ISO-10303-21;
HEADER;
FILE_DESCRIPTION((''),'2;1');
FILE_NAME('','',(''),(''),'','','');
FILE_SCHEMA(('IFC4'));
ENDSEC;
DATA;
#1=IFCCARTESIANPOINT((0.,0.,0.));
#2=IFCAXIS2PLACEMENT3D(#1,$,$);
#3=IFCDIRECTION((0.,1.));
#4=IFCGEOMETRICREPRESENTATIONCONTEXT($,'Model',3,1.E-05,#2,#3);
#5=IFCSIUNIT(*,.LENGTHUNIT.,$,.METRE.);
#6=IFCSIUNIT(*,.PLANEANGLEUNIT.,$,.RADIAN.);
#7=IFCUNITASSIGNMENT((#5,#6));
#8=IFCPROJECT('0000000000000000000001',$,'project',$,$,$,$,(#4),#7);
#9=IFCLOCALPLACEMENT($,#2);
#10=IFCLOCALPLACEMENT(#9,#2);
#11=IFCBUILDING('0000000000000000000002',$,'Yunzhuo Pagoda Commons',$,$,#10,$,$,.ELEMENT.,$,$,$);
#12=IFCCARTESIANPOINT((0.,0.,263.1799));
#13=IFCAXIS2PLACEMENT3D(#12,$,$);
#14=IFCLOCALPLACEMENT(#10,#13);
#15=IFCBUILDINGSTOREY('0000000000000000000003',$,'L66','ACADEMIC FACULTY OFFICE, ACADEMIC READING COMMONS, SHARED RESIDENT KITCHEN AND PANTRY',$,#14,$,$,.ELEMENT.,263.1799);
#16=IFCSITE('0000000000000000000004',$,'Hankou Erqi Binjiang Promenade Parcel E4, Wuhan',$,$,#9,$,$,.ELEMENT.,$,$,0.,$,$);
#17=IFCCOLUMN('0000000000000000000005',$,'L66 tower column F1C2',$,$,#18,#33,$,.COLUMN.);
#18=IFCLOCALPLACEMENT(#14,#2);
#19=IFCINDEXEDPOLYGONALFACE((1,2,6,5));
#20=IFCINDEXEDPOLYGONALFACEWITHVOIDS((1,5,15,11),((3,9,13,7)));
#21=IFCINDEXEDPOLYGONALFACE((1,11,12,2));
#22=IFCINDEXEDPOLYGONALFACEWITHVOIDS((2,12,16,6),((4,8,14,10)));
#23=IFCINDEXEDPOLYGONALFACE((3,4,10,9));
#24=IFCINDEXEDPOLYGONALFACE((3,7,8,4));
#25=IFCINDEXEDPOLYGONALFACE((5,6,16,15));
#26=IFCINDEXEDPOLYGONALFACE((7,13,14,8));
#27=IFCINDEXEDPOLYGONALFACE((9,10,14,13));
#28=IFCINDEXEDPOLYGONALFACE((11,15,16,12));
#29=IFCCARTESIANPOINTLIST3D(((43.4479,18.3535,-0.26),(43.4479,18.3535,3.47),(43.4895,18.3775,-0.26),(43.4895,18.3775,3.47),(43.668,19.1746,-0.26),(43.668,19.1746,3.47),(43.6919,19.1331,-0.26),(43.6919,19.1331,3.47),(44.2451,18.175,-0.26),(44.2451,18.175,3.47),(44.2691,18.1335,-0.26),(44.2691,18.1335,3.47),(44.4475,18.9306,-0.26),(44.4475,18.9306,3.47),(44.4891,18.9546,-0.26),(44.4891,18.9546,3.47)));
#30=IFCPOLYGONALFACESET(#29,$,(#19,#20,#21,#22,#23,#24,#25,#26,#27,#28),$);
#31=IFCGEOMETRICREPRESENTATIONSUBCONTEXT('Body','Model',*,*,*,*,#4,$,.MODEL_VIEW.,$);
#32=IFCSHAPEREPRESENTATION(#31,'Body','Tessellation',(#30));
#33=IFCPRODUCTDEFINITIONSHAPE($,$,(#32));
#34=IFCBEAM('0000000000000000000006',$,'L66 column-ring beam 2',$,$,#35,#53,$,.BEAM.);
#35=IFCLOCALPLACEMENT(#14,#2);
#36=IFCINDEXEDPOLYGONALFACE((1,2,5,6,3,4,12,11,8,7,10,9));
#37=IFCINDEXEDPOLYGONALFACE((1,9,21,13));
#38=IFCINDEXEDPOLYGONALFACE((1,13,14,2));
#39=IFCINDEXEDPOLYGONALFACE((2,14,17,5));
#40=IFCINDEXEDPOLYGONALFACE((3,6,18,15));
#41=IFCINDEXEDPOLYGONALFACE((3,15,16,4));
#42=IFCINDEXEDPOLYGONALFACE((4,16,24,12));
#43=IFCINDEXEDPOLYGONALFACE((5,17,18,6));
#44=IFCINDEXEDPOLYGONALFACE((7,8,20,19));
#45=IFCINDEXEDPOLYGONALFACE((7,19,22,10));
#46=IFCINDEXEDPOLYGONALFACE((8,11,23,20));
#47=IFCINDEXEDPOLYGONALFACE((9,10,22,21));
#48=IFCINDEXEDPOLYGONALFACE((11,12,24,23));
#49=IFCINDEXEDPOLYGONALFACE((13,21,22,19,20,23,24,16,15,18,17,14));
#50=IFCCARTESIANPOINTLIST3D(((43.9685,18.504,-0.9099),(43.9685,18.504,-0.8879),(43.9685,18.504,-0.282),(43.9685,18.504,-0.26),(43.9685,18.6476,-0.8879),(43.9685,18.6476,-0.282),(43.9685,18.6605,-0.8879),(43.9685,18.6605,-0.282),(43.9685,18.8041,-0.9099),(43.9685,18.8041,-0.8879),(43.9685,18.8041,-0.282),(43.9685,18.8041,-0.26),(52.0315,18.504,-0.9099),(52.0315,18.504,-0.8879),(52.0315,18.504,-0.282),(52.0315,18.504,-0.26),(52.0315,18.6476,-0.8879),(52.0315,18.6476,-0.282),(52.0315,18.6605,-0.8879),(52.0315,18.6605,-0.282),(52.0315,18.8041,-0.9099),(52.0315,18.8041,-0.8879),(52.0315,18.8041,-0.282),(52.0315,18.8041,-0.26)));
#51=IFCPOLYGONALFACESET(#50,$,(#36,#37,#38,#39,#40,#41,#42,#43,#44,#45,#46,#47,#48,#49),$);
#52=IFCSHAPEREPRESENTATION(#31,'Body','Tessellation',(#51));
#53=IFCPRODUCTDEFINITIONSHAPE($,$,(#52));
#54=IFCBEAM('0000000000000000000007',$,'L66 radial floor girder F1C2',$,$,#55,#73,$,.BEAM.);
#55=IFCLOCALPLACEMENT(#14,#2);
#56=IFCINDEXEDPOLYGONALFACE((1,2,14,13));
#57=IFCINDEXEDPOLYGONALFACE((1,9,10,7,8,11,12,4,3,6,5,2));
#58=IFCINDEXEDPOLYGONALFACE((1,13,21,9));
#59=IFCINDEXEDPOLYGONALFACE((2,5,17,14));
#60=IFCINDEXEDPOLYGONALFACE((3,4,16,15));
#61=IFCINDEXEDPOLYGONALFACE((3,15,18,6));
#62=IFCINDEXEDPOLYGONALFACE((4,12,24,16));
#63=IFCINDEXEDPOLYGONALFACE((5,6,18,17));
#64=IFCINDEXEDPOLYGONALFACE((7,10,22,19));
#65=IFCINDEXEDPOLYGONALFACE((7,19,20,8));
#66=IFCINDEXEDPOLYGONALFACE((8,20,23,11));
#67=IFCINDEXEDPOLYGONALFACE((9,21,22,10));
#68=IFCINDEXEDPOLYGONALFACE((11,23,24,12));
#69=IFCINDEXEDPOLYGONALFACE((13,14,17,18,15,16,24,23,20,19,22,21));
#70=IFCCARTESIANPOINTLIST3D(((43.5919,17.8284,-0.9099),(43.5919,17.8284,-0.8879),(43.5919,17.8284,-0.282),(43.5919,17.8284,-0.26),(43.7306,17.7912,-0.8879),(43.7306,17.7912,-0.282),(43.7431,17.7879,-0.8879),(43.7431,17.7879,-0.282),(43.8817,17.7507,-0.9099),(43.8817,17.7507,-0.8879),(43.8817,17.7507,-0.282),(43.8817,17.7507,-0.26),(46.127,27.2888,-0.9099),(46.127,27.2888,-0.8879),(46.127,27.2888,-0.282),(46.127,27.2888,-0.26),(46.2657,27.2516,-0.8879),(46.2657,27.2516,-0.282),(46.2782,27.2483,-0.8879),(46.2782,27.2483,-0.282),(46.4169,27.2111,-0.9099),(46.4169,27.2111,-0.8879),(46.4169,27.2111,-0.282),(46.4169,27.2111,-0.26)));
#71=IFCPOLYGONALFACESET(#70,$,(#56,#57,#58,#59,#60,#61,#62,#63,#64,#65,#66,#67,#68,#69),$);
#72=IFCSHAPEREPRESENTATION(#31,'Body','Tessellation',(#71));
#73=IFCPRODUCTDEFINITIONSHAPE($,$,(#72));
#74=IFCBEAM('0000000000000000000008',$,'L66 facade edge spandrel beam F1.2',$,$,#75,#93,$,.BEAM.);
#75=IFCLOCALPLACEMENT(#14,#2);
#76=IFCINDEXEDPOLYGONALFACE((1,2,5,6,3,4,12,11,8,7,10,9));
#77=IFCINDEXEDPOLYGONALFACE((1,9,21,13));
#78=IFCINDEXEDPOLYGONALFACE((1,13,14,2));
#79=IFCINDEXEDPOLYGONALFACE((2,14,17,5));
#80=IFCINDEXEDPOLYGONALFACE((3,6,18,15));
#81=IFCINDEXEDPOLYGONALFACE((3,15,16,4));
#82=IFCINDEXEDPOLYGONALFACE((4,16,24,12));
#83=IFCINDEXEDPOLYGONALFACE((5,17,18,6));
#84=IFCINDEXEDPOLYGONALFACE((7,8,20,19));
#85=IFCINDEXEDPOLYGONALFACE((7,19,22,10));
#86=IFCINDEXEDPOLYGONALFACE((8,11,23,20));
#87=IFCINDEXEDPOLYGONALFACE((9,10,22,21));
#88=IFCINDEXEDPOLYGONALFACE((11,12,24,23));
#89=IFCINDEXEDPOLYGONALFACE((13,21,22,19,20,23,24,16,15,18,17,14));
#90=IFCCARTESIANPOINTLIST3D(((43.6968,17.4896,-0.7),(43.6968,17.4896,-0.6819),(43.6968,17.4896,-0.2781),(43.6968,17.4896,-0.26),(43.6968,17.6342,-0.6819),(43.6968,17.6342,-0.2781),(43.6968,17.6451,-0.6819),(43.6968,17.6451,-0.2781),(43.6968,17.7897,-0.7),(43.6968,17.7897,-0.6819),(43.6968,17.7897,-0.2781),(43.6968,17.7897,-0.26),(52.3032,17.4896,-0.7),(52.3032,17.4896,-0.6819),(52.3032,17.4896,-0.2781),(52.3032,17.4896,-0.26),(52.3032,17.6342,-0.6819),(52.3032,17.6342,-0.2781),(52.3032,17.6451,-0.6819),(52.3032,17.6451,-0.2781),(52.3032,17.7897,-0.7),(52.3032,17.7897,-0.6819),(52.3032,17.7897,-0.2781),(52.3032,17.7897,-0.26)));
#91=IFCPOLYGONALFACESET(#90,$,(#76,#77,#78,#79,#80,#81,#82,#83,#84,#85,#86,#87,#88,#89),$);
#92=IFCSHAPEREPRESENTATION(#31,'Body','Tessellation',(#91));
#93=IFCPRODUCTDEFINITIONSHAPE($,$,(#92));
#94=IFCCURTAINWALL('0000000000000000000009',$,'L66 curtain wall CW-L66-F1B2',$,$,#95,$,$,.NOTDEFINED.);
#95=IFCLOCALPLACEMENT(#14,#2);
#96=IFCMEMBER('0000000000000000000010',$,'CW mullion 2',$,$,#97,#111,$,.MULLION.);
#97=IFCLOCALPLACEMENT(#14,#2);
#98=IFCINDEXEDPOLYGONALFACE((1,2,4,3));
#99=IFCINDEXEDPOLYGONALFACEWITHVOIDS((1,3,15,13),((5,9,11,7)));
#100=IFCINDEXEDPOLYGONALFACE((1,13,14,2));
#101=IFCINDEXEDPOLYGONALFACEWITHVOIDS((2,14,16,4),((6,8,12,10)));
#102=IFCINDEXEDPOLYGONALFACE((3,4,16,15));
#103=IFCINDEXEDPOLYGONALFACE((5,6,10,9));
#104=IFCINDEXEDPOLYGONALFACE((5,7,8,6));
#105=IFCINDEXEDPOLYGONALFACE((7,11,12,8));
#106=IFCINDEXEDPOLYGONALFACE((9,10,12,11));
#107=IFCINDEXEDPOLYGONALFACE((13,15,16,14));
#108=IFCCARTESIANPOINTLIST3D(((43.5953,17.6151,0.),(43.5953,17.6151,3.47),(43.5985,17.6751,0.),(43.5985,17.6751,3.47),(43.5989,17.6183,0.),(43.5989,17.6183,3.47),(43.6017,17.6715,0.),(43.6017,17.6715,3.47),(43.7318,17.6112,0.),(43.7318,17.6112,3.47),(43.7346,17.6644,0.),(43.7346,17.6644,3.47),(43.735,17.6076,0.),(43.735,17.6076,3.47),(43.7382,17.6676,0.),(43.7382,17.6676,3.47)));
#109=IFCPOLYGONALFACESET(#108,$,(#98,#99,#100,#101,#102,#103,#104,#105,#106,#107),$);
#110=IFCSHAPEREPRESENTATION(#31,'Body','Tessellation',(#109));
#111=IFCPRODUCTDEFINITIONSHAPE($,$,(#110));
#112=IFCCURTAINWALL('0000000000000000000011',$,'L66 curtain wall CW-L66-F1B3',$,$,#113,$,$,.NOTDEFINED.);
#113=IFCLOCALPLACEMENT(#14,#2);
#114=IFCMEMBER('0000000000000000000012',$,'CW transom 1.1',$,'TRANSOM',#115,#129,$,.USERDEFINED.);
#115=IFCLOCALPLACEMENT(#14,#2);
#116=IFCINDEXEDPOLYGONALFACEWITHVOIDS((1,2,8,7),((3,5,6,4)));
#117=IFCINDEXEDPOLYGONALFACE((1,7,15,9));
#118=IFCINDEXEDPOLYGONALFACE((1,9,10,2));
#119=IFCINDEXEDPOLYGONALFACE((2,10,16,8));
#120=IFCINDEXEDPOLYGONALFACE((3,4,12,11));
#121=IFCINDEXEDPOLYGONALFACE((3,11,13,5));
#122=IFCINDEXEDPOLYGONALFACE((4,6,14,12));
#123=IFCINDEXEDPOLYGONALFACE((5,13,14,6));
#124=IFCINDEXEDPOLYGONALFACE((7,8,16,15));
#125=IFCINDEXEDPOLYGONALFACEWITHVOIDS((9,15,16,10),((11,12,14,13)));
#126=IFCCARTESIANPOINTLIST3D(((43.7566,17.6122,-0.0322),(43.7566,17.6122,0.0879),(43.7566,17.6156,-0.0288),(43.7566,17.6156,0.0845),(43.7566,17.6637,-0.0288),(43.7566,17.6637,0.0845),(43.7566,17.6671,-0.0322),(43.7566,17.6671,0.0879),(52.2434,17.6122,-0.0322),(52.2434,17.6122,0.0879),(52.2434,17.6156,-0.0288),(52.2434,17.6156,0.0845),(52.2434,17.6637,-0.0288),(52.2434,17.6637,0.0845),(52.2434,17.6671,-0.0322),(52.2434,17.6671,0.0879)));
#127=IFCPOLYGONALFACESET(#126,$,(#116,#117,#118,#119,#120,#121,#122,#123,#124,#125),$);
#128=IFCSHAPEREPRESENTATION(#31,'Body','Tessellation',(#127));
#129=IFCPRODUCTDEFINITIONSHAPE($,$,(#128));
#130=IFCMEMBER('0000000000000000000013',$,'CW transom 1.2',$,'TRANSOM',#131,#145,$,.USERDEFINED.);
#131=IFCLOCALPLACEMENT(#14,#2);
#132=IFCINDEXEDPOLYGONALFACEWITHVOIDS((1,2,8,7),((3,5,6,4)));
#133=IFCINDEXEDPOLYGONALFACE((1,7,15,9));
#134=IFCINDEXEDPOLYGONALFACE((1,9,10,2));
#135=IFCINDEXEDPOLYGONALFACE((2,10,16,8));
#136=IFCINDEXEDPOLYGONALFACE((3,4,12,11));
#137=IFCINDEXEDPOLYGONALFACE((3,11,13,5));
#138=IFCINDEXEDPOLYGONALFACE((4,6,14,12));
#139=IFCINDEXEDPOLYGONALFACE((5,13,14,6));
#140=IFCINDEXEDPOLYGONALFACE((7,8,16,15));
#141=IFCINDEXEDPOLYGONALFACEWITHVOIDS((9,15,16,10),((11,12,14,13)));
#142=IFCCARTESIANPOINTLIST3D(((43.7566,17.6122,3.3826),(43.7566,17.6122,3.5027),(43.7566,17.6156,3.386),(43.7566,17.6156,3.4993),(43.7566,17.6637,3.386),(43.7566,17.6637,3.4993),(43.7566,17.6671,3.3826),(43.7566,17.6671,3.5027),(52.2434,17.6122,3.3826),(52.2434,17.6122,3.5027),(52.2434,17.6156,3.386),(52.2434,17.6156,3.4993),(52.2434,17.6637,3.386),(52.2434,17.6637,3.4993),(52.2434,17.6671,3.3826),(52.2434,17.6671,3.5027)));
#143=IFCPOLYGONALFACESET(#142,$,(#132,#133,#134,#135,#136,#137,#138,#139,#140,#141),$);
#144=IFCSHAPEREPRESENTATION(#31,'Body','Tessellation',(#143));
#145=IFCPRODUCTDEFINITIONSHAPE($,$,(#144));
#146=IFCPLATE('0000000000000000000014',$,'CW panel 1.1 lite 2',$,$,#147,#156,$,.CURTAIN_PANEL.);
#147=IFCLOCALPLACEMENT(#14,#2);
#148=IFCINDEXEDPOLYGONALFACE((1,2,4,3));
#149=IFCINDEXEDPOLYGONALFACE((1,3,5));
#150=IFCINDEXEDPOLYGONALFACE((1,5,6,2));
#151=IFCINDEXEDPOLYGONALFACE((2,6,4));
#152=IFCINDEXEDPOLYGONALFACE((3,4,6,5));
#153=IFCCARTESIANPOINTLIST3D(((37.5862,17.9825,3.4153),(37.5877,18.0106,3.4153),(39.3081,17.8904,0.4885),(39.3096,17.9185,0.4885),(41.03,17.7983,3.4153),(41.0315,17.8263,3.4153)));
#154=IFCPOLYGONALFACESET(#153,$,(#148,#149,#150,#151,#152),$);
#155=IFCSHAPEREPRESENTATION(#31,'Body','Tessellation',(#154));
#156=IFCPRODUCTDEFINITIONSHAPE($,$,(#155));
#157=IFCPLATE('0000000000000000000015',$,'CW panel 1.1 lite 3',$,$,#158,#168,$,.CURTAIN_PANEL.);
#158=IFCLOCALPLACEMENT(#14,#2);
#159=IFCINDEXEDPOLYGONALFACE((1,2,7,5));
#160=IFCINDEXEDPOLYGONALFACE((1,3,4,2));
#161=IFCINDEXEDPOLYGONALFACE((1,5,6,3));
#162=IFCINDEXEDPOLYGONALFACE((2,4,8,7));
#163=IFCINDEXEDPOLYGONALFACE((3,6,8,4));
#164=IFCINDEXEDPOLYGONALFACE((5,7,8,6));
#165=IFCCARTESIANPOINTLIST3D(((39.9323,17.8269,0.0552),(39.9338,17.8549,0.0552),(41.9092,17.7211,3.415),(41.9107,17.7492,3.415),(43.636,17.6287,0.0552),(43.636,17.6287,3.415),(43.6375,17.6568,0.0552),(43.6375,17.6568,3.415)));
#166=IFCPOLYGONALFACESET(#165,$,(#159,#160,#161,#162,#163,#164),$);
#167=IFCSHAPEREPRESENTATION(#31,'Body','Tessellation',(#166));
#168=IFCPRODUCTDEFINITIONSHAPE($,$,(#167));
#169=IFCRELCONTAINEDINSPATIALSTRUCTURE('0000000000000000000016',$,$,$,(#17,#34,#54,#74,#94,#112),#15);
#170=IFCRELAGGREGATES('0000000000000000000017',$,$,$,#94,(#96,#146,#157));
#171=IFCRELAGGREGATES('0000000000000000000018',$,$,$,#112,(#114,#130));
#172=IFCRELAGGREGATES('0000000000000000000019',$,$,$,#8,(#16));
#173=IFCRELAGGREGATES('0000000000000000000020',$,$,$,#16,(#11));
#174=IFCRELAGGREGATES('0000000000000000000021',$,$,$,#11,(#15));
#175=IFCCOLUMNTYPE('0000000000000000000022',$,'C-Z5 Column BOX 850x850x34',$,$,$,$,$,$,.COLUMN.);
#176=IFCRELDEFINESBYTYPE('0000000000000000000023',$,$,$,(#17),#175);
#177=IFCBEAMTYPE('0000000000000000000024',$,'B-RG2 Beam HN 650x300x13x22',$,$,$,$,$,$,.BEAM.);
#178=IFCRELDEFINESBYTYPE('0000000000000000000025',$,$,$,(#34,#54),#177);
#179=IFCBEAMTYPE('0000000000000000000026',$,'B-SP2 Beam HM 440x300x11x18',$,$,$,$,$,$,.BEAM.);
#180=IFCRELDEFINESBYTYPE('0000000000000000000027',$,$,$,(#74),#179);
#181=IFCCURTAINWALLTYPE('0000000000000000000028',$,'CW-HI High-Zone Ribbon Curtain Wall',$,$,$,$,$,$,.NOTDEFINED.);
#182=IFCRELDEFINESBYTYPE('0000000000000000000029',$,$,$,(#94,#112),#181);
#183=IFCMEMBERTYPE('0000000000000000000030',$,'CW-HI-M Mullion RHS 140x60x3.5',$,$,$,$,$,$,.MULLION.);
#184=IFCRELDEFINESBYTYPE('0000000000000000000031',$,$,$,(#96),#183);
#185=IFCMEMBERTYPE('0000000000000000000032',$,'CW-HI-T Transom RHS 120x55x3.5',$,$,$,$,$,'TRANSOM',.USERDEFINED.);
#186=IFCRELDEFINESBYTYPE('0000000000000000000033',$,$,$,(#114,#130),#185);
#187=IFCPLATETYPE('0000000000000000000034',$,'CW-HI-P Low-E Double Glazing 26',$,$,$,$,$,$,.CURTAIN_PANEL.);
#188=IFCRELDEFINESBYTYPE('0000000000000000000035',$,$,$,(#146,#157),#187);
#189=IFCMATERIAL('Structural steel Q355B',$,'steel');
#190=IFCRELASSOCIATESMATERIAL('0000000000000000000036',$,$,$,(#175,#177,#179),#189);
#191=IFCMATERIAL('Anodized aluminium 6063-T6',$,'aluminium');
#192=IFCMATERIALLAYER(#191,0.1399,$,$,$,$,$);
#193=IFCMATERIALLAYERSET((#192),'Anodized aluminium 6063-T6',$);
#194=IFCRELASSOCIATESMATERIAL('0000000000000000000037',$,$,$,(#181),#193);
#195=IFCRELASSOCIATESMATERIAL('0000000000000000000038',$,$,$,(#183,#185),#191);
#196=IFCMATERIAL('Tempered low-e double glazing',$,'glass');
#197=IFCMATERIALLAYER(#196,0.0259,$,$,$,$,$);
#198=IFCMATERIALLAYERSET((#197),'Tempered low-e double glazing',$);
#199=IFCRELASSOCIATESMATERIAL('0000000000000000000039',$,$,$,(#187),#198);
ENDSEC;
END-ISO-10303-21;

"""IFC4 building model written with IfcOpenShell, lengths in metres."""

from ifc_helpers import new_model, si_unit, direction, frame, origin, origin_2d, place, context, subcontext, project, spatial, polyline, hollow_rectangle, i_section, outline, extrude, source, transform, mapped, material, layer, layer_set, material_profile, profile_set, type_object, element, aggregate, save


model = new_model("IFC4")

# Units and contexts
model_context = context("Model", 3, precision=1e-05, world=origin(), true_north=direction((0.0, 1.0)))
body_context = subcontext(model_context, "Body", "Model", "MODEL_VIEW")
ifc_project = project(units=[si_unit("LENGTHUNIT", "METRE"), si_unit("PLANEANGLEUNIT", "RADIAN")], contexts=[model_context])

# Site, building, storey
site_placement = place(None, origin())
site = spatial("IfcSite", under=ifc_project, at=site_placement, Name="Hankou Erqi Binjiang Promenade Parcel E4, Wuhan", CompositionType="ELEMENT", RefElevation=0.0)
building_placement = place(site_placement, origin())
building = spatial("IfcBuilding", under=site, at=building_placement, Name="Yunzhuo Pagoda Commons", CompositionType="ELEMENT")
storey_placement = place(building_placement, frame((0.0, 0.0, 263.1799)))
storey = spatial("IfcBuildingStorey", under=building, at=storey_placement, Name="L66", Description="ACADEMIC FACULTY OFFICE, ACADEMIC READING COMMONS, SHARED RESIDENT KITCHEN AND PANTRY", CompositionType="ELEMENT", Elevation=263.1799)

# Column
ifc_material_1 = material(Name="Structural steel Q355B", Category="steel")
ifc_material_profile_1 = material_profile(ifc_material_1, hollow_rectangle(XDim=0.8501, YDim=0.8501, WallThickness=0.0339, at=origin_2d()), Name="Structural steel Q355B")
ifc_profile_set_1 = profile_set([ifc_material_profile_1], Name="Structural steel Q355B")
column_type = type_object("IfcColumnType", Name="C-Z5 Column BOX 850x850x34", PredefinedType="COLUMN", material=ifc_profile_set_1)
shared_shape_1 = source(origin(), body_context, "Body", "SweptSolid", [
    extrude(hollow_rectangle(XDim=0.8501, YDim=0.8501, WallThickness=0.0339, at=origin_2d()), origin(), (0.0, 0.0, 1.0), 3.73),
])
column_placement = place(storey_placement, frame((43.9685, 18.6541, -0.26), z_axis=(0.0, 0.0, 1.0), x_axis=(0.965926, -0.258819, 0.0)))
element("IfcColumn", 1, at=column_placement, inside=storey, type_object=column_type, Name="L66 tower column F1C2", PredefinedType="COLUMN", context=body_context, shape_type="MappedRepresentation", body=[
    mapped(shared_shape_1, transform((0.0, 0.0, 0.0), scale=1.0)),
])

# Beams
ifc_material_profile_2 = material_profile(ifc_material_1, i_section(OverallWidth=0.3, OverallDepth=0.6499, WebThickness=0.0129, FlangeThickness=0.022, at=origin_2d()), Name="Structural steel Q355B")
ifc_profile_set_2 = profile_set([ifc_material_profile_2], Name="Structural steel Q355B")
beam_type_1 = type_object("IfcBeamType", Name="B-RG2 Beam HN 650x300x13x22", PredefinedType="BEAM", material=ifc_profile_set_2)
shared_shape_2 = source(origin(), body_context, "Body", "SweptSolid", [
    extrude(i_section(OverallWidth=0.3, OverallDepth=0.6499, WebThickness=0.0129, FlangeThickness=0.022, at=origin_2d()), origin(), (0.0, 0.0, 1.0), 8.063),
])
beam_1_placement = place(storey_placement, frame((43.9685, 18.6541, -0.585), z_axis=(1.0, 0.0, 0.0), x_axis=(0.0, 1.0, 0.0)))
element("IfcBeam", 2, at=beam_1_placement, inside=storey, type_object=beam_type_1, Name="L66 column-ring beam 2", PredefinedType="BEAM", context=body_context, shape_type="MappedRepresentation", body=[
    mapped(shared_shape_2, transform((0.0, 0.0, 0.0), scale=1.0)),
])
shared_shape_3 = source(origin(), body_context, "Body", "SweptSolid", [
    extrude(i_section(OverallWidth=0.3, OverallDepth=0.6499, WebThickness=0.0129, FlangeThickness=0.022, at=origin_2d()), origin(), (0.0, 0.0, 1.0), 9.7942),
])
beam_2_placement = place(storey_placement, frame((43.7368, 17.7896, -0.585), z_axis=(0.258842, 0.96592, 0.0), x_axis=(-0.96592, 0.258842, 0.0)))
element("IfcBeam", 3, at=beam_2_placement, inside=storey, type_object=beam_type_1, Name="L66 radial floor girder F1C2", PredefinedType="BEAM", context=body_context, shape_type="MappedRepresentation", body=[
    mapped(shared_shape_3, transform((0.0, 0.0, 0.0), scale=1.0)),
])
ifc_material_profile_3 = material_profile(ifc_material_1, i_section(OverallWidth=0.3, OverallDepth=0.4399, WebThickness=0.011, FlangeThickness=0.0181, at=origin_2d()), Name="Structural steel Q355B")
ifc_profile_set_3 = profile_set([ifc_material_profile_3], Name="Structural steel Q355B")
beam_type_2 = type_object("IfcBeamType", Name="B-SP2 Beam HM 440x300x11x18", PredefinedType="BEAM", material=ifc_profile_set_3)
shared_shape_4 = source(origin(), body_context, "Body", "SweptSolid", [
    extrude(i_section(OverallWidth=0.3, OverallDepth=0.4399, WebThickness=0.011, FlangeThickness=0.0181, at=origin_2d()), origin(), (0.0, 0.0, 1.0), 8.6064),
])
beam_3_placement = place(storey_placement, frame((43.6968, 17.6396, -0.48), z_axis=(1.0, 0.0, 0.0), x_axis=(0.0, 1.0, 0.0)))
element("IfcBeam", 4, at=beam_3_placement, inside=storey, type_object=beam_type_2, Name="L66 facade edge spandrel beam F1.2", PredefinedType="BEAM", context=body_context, shape_type="MappedRepresentation", body=[
    mapped(shared_shape_4, transform((0.0, 0.0, 0.0), scale=1.0)),
])

# Curtain wall, member
ifc_material_2 = material(Name="Anodized aluminium 6063-T6", Category="aluminium")
ifc_layer_1 = layer(ifc_material_2, 0.1399)
ifc_layer_set_1 = layer_set([ifc_layer_1], Name="Anodized aluminium 6063-T6")
curtain_wall_type = type_object("IfcCurtainWallType", Name="CW-HI High-Zone Ribbon Curtain Wall", PredefinedType="NOTDEFINED", material=ifc_layer_set_1)
curtain_wall_1_placement = place(storey_placement, origin())
curtain_wall_1 = element("IfcCurtainWall", 5, at=curtain_wall_1_placement, inside=storey, type_object=curtain_wall_type, Name="L66 curtain wall CW-L66-F1B2", PredefinedType="NOTDEFINED")
ifc_material_profile_4 = material_profile(ifc_material_2, hollow_rectangle(XDim=0.0601, YDim=0.1399, WallThickness=0.0034, at=origin_2d()), Name="Anodized aluminium 6063-T6")
ifc_profile_set_4 = profile_set([ifc_material_profile_4], Name="Anodized aluminium 6063-T6")
member_type_1 = type_object("IfcMemberType", Name="CW-HI-M Mullion RHS 140x60x3.5", PredefinedType="MULLION", material=ifc_profile_set_4)
shared_shape_5 = source(origin(), body_context, "Body", "SweptSolid", [
    extrude(hollow_rectangle(XDim=0.0601, YDim=0.1399, WallThickness=0.0034, at=origin_2d()), origin(), (0.0, 0.0, 1.0), 3.47),
])
member_1_placement = place(storey_placement, frame((43.6667, 17.6414, 0.0), z_axis=(0.0, 0.0, 1.0), x_axis=(0.053427, 0.998572, 0.0)))
member_1 = element("IfcMember", 6, at=member_1_placement, type_object=member_type_1, Name="CW mullion 2", PredefinedType="MULLION", context=body_context, shape_type="MappedRepresentation", body=[
    mapped(shared_shape_5, transform((0.0, 0.0, 0.0), scale=1.0)),
])

# Curtain wall, members
curtain_wall_2_placement = place(storey_placement, origin())
curtain_wall_2 = element("IfcCurtainWall", 7, at=curtain_wall_2_placement, inside=storey, type_object=curtain_wall_type, Name="L66 curtain wall CW-L66-F1B3", PredefinedType="NOTDEFINED")
ifc_material_profile_5 = material_profile(ifc_material_2, hollow_rectangle(XDim=0.0549, YDim=0.1201, WallThickness=0.0034, at=origin_2d()), Name="Anodized aluminium 6063-T6")
ifc_profile_set_5 = profile_set([ifc_material_profile_5], Name="Anodized aluminium 6063-T6")
member_type_2 = type_object("IfcMemberType", Name="CW-HI-T Transom RHS 120x55x3.5", ElementType="TRANSOM", PredefinedType="USERDEFINED", material=ifc_profile_set_5)
shared_shape_6 = source(origin(), body_context, "Body", "SweptSolid", [
    extrude(hollow_rectangle(XDim=0.0549, YDim=0.1201, WallThickness=0.0034, at=origin_2d()), origin(), (0.0, 0.0, 1.0), 8.4868),
])
member_2_placement = place(storey_placement, frame((43.7566, 17.6396, 0.0278), z_axis=(1.0, 0.0, 0.0), x_axis=(0.0, 1.0, 0.0)))
member_2 = element("IfcMember", 8, at=member_2_placement, type_object=member_type_2, Name="CW transom 1.1", ObjectType="TRANSOM", PredefinedType="USERDEFINED", context=body_context, shape_type="MappedRepresentation", body=[
    mapped(shared_shape_6, transform((0.0, 0.0, 0.0), scale=1.0)),
])
member_3_placement = place(storey_placement, frame((43.7566, 17.6396, 3.4426), z_axis=(1.0, 0.0, 0.0), x_axis=(0.0, 1.0, 0.0)))
member_3 = element("IfcMember", 9, at=member_3_placement, type_object=member_type_2, Name="CW transom 1.2", ObjectType="TRANSOM", PredefinedType="USERDEFINED", context=body_context, shape_type="MappedRepresentation", body=[
    mapped(shared_shape_6, transform((0.0, 0.0, 0.0), scale=1.0)),
])

# Plates
ifc_material_3 = material(Name="Tempered low-e double glazing", Category="glass")
ifc_layer_2 = layer(ifc_material_3, 0.0259)
ifc_layer_set_2 = layer_set([ifc_layer_2], Name="Tempered low-e double glazing")
plate_type_1 = type_object("IfcPlateType", Name="CW-HI-P Low-E Double Glazing 26", PredefinedType="CURTAIN_PANEL", material=ifc_layer_set_2)
plate_1_placement = place(storey_placement, frame((39.3096, 17.9185, 1.9519), z_axis=(-0.053427, -0.998572, 0.0), x_axis=(0.998572, -0.053427, 0.0)))
plate_1 = element("IfcPlate", 10, at=plate_1_placement, type_object=plate_type_1, Name="CW panel 1.1 lite 2", PredefinedType="CURTAIN_PANEL", context=body_context, shape_type="SweptSolid", body=[
    extrude(outline(polyline([(-1.7244, 1.4634), (0.0, -1.4634), (1.7244, 1.4634), (-1.7244, 1.4634)])), origin(), (0.0, 0.0, 1.0), 0.0281),
])
plate_2_placement = place(storey_placement, frame((41.7856, 17.7559, 1.7351), z_axis=(-0.053427, -0.998572, 0.0), x_axis=(0.998572, -0.053427, 0.0)))
plate_2 = element("IfcPlate", 11, at=plate_2_placement, type_object=plate_type_1, Name="CW panel 1.1 lite 3", PredefinedType="CURTAIN_PANEL", context=body_context, shape_type="SweptSolid", body=[
    extrude(outline(polyline([(-1.8545, -1.6799), (1.8545, -1.6799), (1.8545, 1.6799), (0.1252, 1.6799), (-1.8545, -1.6799)])), origin(), (0.0, 0.0, 1.0), 0.0281),
])
aggregate(curtain_wall_1, [member_1, plate_1, plate_2])
aggregate(curtain_wall_2, [member_2, member_3])

save(model, "model.ifc")
